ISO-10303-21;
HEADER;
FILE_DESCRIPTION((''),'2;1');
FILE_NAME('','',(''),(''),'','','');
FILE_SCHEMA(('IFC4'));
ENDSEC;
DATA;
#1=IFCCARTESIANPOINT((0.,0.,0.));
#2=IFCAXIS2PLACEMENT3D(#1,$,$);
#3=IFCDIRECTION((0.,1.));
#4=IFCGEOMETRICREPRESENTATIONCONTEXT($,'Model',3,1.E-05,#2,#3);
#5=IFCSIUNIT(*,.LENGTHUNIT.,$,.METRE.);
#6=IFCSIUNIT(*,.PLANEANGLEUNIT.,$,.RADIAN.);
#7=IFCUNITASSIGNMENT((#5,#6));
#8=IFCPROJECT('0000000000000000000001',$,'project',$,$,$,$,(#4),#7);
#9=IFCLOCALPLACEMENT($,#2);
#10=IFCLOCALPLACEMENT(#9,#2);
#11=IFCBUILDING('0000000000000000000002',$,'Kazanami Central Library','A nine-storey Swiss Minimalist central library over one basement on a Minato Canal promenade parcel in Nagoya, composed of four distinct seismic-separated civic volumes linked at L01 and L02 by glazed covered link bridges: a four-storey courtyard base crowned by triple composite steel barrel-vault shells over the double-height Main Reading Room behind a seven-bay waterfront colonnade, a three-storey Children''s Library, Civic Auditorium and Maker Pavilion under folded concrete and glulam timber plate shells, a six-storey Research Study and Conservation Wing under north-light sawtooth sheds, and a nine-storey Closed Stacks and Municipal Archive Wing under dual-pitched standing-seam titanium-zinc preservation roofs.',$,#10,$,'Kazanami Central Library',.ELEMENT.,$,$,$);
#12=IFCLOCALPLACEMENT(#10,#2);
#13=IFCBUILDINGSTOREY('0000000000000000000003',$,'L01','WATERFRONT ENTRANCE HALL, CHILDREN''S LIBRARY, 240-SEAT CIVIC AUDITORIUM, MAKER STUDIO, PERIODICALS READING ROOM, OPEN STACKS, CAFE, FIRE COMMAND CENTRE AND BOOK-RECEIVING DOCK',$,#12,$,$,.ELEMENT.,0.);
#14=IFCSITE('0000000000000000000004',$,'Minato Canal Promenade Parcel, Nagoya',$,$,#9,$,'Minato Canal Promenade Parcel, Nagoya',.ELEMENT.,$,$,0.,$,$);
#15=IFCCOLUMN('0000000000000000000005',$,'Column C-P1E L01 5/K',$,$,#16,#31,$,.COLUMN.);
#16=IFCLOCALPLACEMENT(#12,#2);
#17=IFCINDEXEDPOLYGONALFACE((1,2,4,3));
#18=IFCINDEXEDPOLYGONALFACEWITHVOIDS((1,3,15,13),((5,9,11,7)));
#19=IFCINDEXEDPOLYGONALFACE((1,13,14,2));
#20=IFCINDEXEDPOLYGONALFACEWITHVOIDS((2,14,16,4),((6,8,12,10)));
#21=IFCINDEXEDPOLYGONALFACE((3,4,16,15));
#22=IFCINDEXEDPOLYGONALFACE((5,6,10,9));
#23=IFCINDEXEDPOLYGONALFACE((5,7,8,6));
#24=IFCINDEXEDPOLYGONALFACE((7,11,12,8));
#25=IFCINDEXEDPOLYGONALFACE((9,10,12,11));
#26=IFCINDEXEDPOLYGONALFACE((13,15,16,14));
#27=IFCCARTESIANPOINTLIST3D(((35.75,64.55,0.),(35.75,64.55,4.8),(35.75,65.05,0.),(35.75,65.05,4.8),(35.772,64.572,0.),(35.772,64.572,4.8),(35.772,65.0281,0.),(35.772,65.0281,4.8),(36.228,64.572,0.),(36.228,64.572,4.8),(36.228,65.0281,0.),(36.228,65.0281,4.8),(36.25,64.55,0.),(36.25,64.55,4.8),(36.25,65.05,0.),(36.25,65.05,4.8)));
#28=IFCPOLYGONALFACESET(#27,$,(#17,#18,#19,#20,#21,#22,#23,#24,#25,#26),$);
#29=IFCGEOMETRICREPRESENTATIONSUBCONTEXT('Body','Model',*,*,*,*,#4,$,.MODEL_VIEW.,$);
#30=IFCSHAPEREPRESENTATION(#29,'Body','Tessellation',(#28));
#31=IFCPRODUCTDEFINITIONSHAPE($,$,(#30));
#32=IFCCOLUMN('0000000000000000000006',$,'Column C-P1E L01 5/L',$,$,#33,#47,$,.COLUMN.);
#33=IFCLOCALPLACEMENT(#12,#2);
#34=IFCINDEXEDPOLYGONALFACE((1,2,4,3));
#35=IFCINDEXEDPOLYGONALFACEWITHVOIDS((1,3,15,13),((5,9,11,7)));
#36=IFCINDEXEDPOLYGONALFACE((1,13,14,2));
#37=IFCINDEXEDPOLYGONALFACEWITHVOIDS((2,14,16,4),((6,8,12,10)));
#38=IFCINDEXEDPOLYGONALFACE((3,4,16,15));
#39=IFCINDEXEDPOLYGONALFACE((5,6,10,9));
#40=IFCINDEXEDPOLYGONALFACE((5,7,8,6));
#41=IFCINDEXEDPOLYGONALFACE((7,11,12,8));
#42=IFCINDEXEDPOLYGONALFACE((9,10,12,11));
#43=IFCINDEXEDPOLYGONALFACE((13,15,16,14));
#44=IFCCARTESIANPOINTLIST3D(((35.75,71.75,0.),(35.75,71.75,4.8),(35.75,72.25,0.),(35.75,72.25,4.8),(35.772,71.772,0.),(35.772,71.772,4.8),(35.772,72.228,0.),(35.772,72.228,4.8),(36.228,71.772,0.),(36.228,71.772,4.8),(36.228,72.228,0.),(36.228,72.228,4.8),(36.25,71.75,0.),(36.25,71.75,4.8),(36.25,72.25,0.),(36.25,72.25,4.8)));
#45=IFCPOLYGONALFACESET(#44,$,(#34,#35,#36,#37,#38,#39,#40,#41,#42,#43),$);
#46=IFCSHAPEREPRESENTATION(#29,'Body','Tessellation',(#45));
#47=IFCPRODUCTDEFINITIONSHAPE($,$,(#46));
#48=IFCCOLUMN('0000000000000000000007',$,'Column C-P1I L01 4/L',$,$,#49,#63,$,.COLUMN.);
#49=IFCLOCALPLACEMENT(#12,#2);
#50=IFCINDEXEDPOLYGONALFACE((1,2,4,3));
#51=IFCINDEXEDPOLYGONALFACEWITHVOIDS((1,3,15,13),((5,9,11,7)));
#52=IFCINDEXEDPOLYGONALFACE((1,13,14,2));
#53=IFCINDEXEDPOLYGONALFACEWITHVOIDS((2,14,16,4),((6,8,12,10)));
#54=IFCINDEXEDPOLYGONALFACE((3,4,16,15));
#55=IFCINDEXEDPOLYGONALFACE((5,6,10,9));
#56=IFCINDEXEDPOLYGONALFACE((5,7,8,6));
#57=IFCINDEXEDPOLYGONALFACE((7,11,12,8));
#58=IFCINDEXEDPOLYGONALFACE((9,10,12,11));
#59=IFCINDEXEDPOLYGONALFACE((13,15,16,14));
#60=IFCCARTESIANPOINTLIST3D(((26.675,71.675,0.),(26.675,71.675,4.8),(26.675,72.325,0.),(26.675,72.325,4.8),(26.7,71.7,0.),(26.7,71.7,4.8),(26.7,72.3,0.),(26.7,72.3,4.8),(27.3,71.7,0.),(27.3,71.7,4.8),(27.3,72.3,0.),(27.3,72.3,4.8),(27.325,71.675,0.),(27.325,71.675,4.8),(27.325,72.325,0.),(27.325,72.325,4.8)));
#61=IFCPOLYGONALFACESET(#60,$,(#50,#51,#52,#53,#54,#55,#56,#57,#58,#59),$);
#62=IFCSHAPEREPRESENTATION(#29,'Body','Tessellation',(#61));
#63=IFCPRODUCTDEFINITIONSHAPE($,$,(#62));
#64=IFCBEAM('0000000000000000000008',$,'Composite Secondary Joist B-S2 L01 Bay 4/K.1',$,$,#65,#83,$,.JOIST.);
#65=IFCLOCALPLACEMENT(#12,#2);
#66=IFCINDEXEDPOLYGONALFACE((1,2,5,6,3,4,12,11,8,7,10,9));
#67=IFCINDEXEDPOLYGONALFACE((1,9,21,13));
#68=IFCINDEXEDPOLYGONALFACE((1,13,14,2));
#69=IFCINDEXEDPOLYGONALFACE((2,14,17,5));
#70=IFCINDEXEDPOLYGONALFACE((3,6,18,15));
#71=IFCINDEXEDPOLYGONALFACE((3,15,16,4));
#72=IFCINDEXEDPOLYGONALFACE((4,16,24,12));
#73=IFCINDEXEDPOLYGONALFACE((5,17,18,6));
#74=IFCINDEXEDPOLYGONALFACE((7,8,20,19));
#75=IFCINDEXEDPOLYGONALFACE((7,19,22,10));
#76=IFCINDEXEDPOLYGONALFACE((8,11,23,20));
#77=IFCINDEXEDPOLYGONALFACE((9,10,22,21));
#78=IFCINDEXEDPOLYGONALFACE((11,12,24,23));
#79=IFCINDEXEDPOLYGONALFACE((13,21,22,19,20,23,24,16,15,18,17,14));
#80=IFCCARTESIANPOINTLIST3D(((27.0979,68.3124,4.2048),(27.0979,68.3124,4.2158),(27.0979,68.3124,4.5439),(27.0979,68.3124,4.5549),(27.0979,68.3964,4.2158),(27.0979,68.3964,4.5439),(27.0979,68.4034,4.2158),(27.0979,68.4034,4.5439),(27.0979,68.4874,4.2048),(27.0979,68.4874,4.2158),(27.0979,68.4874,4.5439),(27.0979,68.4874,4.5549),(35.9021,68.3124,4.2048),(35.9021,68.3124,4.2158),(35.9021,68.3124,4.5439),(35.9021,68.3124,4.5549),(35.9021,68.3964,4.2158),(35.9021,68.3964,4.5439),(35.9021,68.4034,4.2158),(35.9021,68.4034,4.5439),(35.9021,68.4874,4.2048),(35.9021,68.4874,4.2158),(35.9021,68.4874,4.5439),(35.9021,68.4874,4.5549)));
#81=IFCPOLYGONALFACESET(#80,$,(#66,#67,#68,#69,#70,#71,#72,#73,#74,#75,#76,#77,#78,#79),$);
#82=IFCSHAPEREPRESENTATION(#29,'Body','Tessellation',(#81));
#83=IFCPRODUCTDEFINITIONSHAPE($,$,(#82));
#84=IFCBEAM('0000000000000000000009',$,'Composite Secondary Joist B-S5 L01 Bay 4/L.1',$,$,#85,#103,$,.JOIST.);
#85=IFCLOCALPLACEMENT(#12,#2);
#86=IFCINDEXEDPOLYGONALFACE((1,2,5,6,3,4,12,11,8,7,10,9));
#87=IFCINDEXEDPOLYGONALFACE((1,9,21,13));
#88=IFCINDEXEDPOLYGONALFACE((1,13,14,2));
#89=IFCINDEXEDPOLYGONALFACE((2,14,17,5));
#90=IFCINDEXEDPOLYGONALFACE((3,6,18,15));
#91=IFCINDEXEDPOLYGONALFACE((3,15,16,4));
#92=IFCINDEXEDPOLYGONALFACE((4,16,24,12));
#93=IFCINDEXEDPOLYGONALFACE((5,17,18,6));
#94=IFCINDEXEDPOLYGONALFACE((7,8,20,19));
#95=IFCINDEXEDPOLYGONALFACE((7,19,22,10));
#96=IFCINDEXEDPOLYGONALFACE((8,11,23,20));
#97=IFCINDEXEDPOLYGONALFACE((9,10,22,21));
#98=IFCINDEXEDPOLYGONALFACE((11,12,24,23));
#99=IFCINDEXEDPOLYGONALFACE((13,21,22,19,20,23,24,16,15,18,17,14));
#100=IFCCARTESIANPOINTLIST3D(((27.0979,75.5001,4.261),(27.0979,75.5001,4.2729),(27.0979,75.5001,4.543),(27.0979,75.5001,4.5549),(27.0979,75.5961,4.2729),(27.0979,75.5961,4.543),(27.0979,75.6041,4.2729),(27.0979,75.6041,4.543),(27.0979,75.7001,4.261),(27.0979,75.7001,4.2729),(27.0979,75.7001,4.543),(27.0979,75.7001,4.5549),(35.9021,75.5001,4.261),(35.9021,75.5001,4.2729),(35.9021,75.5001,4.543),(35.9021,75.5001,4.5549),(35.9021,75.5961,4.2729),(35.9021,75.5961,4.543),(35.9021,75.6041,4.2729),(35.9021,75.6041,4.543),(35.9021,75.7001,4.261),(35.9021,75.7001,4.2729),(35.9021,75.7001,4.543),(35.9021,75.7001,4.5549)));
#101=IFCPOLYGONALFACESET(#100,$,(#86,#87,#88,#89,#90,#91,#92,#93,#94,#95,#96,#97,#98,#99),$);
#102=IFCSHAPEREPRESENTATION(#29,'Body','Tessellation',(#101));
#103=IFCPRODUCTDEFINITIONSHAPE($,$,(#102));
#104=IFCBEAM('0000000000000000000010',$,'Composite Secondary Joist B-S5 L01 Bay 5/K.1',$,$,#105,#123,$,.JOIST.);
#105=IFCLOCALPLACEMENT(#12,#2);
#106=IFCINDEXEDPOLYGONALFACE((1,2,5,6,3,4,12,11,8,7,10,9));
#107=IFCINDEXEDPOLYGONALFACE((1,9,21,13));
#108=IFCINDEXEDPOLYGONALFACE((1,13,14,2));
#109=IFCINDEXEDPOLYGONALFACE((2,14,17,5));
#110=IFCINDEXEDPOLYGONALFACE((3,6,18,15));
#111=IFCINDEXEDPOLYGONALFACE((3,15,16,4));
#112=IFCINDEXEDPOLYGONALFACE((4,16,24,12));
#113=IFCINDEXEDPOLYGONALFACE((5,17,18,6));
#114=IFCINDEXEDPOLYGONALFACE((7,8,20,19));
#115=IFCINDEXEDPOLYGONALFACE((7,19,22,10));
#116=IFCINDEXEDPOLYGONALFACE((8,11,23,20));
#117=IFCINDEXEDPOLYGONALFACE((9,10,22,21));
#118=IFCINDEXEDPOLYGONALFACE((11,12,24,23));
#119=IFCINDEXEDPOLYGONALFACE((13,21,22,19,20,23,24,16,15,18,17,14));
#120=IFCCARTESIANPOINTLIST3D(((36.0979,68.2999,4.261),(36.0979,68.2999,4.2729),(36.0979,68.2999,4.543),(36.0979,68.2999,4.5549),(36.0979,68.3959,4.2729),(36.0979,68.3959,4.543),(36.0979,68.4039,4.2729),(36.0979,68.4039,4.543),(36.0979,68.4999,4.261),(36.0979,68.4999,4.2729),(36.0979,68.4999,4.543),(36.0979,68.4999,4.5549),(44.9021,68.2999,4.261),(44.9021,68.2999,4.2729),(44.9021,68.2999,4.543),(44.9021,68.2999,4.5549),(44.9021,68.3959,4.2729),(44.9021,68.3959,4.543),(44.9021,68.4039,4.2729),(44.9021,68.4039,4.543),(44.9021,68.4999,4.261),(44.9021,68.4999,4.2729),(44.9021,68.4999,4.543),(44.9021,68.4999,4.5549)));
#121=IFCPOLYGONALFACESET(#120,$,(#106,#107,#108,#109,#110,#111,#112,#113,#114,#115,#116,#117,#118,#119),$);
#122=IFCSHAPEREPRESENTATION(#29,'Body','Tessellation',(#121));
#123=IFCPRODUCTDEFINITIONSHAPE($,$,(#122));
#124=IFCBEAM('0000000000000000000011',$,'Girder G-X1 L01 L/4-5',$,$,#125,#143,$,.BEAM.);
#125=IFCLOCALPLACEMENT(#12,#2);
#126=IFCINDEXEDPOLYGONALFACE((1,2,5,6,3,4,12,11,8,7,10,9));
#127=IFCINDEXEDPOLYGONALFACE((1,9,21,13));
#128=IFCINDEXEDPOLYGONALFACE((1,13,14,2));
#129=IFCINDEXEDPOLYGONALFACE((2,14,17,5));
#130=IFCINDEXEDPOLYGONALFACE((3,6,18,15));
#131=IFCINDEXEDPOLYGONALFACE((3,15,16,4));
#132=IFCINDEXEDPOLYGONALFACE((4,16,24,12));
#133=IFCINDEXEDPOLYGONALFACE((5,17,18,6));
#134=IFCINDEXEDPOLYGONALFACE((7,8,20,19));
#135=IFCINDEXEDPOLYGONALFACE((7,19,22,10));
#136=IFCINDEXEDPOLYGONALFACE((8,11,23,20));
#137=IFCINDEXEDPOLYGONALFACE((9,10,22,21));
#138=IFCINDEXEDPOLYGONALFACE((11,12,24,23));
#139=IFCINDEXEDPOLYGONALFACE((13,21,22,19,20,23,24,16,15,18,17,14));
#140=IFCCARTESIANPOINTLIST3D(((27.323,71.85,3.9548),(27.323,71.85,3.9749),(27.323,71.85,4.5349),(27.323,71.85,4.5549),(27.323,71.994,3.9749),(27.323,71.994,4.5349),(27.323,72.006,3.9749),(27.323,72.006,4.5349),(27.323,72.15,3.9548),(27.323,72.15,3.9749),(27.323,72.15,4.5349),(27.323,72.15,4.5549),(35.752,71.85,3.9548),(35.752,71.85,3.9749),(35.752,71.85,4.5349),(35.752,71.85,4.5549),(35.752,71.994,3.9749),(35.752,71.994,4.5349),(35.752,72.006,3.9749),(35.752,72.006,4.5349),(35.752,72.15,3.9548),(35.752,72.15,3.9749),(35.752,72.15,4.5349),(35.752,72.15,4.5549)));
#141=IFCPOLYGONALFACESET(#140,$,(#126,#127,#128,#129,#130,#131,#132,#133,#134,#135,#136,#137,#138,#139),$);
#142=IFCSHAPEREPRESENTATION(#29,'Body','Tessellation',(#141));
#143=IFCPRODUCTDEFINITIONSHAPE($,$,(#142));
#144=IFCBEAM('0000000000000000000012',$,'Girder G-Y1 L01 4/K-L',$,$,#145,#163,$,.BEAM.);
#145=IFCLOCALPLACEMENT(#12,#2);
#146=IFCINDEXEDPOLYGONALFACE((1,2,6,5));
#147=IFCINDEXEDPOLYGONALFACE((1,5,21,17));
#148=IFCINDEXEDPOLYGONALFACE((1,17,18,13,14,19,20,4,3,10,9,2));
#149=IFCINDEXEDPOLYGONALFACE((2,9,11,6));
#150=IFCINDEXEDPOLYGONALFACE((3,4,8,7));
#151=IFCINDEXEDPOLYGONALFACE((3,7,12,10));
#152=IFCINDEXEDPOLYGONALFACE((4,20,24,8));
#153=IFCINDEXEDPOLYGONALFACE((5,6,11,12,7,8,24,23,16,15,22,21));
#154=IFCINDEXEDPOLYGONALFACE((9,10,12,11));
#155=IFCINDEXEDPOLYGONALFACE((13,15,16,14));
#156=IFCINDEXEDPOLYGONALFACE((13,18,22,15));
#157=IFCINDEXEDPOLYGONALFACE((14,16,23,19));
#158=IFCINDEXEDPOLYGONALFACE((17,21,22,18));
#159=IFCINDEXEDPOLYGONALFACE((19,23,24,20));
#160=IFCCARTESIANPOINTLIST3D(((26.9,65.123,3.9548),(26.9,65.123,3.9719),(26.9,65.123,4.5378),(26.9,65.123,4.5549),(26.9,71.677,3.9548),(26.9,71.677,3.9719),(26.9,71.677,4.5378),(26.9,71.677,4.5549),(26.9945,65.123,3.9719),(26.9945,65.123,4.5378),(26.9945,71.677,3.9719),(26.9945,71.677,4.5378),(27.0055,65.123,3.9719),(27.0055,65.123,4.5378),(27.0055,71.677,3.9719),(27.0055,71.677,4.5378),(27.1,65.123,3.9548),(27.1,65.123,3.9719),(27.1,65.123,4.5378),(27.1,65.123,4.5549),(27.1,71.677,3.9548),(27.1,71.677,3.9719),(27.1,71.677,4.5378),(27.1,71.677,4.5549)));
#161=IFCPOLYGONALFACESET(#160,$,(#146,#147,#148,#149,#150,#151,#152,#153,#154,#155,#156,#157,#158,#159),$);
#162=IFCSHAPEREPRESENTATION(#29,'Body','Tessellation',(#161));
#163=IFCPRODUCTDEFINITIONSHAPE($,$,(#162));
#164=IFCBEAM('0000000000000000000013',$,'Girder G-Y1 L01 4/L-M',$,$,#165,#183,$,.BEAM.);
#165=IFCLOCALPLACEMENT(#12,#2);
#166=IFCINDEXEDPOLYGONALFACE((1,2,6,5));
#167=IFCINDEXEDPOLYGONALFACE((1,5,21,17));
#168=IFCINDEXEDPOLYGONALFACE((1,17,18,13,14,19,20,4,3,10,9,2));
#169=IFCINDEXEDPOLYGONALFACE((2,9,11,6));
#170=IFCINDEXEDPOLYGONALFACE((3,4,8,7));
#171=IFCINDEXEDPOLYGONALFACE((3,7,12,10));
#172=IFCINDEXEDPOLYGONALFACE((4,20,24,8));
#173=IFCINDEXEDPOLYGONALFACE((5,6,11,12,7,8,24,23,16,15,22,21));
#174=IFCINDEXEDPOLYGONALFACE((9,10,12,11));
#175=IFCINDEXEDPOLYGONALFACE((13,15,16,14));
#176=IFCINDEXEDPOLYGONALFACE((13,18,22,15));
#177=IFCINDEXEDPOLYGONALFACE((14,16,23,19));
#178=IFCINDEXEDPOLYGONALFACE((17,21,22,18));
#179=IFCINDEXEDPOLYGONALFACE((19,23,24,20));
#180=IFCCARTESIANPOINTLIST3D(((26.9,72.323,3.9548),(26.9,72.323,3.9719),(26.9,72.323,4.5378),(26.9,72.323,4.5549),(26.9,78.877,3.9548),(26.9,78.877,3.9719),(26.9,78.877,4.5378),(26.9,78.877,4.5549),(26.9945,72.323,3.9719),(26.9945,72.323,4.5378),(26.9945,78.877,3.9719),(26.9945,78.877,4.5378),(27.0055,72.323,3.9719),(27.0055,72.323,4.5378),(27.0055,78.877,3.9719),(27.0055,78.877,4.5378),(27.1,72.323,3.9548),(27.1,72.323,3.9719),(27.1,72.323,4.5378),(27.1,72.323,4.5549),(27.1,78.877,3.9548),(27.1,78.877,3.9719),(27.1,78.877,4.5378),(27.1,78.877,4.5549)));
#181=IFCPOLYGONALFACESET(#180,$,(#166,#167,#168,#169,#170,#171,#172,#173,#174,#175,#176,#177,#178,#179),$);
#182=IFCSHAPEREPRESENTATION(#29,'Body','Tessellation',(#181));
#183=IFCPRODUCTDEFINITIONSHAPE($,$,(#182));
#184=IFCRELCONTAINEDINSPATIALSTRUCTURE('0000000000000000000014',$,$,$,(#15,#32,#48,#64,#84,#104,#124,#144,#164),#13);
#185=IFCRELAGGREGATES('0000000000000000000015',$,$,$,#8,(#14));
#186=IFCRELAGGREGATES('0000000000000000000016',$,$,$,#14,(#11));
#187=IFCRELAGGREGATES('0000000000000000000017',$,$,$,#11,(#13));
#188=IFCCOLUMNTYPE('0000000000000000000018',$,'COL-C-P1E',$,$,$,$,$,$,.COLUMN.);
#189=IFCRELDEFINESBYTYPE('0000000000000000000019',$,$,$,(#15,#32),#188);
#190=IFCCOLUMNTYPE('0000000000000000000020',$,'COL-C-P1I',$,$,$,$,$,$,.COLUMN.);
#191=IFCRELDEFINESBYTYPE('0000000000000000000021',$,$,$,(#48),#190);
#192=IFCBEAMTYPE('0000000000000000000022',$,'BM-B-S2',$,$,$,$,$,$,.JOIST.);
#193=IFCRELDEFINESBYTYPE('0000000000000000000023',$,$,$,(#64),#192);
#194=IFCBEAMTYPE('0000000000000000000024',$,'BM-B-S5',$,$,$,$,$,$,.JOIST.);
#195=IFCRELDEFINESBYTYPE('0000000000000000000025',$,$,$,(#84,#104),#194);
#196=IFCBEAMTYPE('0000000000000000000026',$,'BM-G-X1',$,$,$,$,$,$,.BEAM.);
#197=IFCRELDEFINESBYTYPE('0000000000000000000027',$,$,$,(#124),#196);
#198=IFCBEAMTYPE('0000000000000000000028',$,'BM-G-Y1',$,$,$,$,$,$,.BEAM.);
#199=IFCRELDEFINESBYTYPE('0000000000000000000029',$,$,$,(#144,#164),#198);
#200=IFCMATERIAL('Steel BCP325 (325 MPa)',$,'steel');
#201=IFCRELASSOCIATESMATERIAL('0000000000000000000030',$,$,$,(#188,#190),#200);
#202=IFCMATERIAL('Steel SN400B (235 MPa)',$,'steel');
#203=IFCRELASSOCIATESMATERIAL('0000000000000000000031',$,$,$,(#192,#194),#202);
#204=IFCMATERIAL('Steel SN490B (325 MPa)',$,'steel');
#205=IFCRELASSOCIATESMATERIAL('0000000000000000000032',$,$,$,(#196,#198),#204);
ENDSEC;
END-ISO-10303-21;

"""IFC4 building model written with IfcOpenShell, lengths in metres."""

from ifc_helpers import new_model, si_unit, direction, frame, origin, origin_2d, place, context, subcontext, project, spatial, hollow_rectangle, i_section, extrude, material, material_profile, profile_set, type_object, element, save


model = new_model("IFC4")

# Units and contexts
model_context = context("Model", 3, precision=1e-05, world=origin(), true_north=direction((0.0, 1.0)))
body_context = subcontext(model_context, "Body", "Model", "MODEL_VIEW")
ifc_project = project(units=[si_unit("LENGTHUNIT", "METRE"), si_unit("PLANEANGLEUNIT", "RADIAN")], contexts=[model_context])

# Site, building, storey
site_placement = place(None, origin())
site = spatial("IfcSite", under=ifc_project, at=site_placement, Name="Minato Canal Promenade Parcel, Nagoya", LongName="Minato Canal Promenade Parcel, Nagoya", CompositionType="ELEMENT", RefElevation=0.0)
building_placement = place(site_placement, origin())
building = spatial("IfcBuilding", under=site, at=building_placement, Name="Kazanami Central Library", Description="A nine-storey Swiss Minimalist central library over one basement on a Minato Canal promenade parcel in Nagoya, composed of four distinct seismic-separated civic volumes linked at L01 and L02 by glazed covered link bridges: a four-storey courtyard base crowned by triple composite steel barrel-vault shells over the double-height Main Reading Room behind a seven-bay waterfront colonnade, a three-storey Children's Library, Civic Auditorium and Maker Pavilion under folded concrete and glulam timber plate shells, a six-storey Research Study and Conservation Wing under north-light sawtooth sheds, and a nine-storey Closed Stacks and Municipal Archive Wing under dual-pitched standing-seam titanium-zinc preservation roofs.", LongName="Kazanami Central Library", CompositionType="ELEMENT")
storey_placement = place(building_placement, origin())
storey = spatial("IfcBuildingStorey", under=building, at=storey_placement, Name="L01", Description="WATERFRONT ENTRANCE HALL, CHILDREN'S LIBRARY, 240-SEAT CIVIC AUDITORIUM, MAKER STUDIO, PERIODICALS READING ROOM, OPEN STACKS, CAFE, FIRE COMMAND CENTRE AND BOOK-RECEIVING DOCK", CompositionType="ELEMENT", Elevation=0.0)

# Columns
ifc_material_1 = material(Name="Steel BCP325 (325 MPa)", Category="steel")
ifc_material_profile_1 = material_profile(ifc_material_1, hollow_rectangle(XDim=0.5, YDim=0.5, WallThickness=0.022, at=origin_2d()), Name="BCP-500x500x22")
ifc_profile_set_1 = profile_set([ifc_material_profile_1], Name="Steel BCP325 (325 MPa)")
column_type_1 = type_object("IfcColumnType", Name="COL-C-P1E", PredefinedType="COLUMN", material=ifc_profile_set_1)
for number, where, z_axis, x_axis, name in (
    (1, (36.0, 64.8, 0.0), (0.0, 0.0, 1.0), (1.0, 0.0, 0.0), "Column C-P1E L01 5/K"),
    (2, (36.0, 72.0, 0.0), (0.0, 0.0, 1.0), (1.0, 0.0, 0.0), "Column C-P1E L01 5/L"),
):
    element("IfcColumn", number, at=place(storey_placement, frame(where, z_axis=z_axis, x_axis=x_axis)), inside=storey, type_object=column_type_1, Name=name, PredefinedType="COLUMN", context=body_context, shape_type="SweptSolid", body=[
        extrude(hollow_rectangle(XDim=0.5, YDim=0.5, WallThickness=0.022, at=origin_2d()), origin(), (0.0, 0.0, 1.0), 4.8),
    ])
ifc_material_profile_2 = material_profile(ifc_material_1, hollow_rectangle(XDim=0.6499, YDim=0.6499, WallThickness=0.0249, at=origin_2d()), Name="BCP-650x650x25")
ifc_profile_set_2 = profile_set([ifc_material_profile_2], Name="Steel BCP325 (325 MPa)")
column_type_2 = type_object("IfcColumnType", Name="COL-C-P1I", PredefinedType="COLUMN", material=ifc_profile_set_2)
column_placement = place(storey_placement, frame((27.0, 72.0, 0.0), z_axis=(0.0, 0.0, 1.0), x_axis=(1.0, 0.0, 0.0)))
element("IfcColumn", 3, at=column_placement, inside=storey, type_object=column_type_2, Name="Column C-P1I L01 4/L", PredefinedType="COLUMN", context=body_context, shape_type="SweptSolid", body=[
    extrude(hollow_rectangle(XDim=0.6499, YDim=0.6499, WallThickness=0.0249, at=origin_2d()), origin(), (0.0, 0.0, 1.0), 4.8),
])

# Beams
ifc_material_2 = material(Name="Steel SN400B (235 MPa)", Category="steel")
ifc_material_profile_3 = material_profile(ifc_material_2, i_section(OverallWidth=0.175, OverallDepth=0.3501, WebThickness=0.0071, FlangeThickness=0.011, at=origin_2d()), Name="H-350x175x7x11")
ifc_profile_set_3 = profile_set([ifc_material_profile_3], Name="Steel SN400B (235 MPa)")
beam_type_1 = type_object("IfcBeamType", Name="BM-B-S2", PredefinedType="JOIST", material=ifc_profile_set_3)
beam_1_placement = place(storey_placement, frame((27.0979, 68.3999, 4.3799), z_axis=(1.0, 0.0, 0.0), x_axis=(0.0, 1.0, 0.0)))
element("IfcBeam", 4, at=beam_1_placement, inside=storey, type_object=beam_type_1, Name="Composite Secondary Joist B-S2 L01 Bay 4/K.1", PredefinedType="JOIST", context=body_context, shape_type="SweptSolid", body=[
    extrude(i_section(OverallWidth=0.175, OverallDepth=0.3501, WebThickness=0.0071, FlangeThickness=0.011, at=origin_2d()), origin(), (0.0, 0.0, 1.0), 8.8042),
])
ifc_material_profile_4 = material_profile(ifc_material_2, i_section(OverallWidth=0.2, OverallDepth=0.2939, WebThickness=0.0081, FlangeThickness=0.012, at=origin_2d()), Name="H-294x200x8x12")
ifc_profile_set_4 = profile_set([ifc_material_profile_4], Name="Steel SN400B (235 MPa)")
beam_type_2 = type_object("IfcBeamType", Name="BM-B-S5", PredefinedType="JOIST", material=ifc_profile_set_4)
for number, where, z_axis, x_axis, name in (
    (5, (27.0979, 75.6001, 4.408), (1.0, 0.0, 0.0), (0.0, 1.0, 0.0), "Composite Secondary Joist B-S5 L01 Bay 4/L.1"),
    (6, (36.0979, 68.3999, 4.408), (1.0, 0.0, 0.0), (0.0, 1.0, 0.0), "Composite Secondary Joist B-S5 L01 Bay 5/K.1"),
):
    element("IfcBeam", number, at=place(storey_placement, frame(where, z_axis=z_axis, x_axis=x_axis)), inside=storey, type_object=beam_type_2, Name=name, PredefinedType="JOIST", context=body_context, shape_type="SweptSolid", body=[
        extrude(i_section(OverallWidth=0.2, OverallDepth=0.2939, WebThickness=0.0081, FlangeThickness=0.012, at=origin_2d()), origin(), (0.0, 0.0, 1.0), 8.8042),
    ])
ifc_material_3 = material(Name="Steel SN490B (325 MPa)", Category="steel")
ifc_material_profile_5 = material_profile(ifc_material_3, i_section(OverallWidth=0.3, OverallDepth=0.6001, WebThickness=0.012, FlangeThickness=0.02, at=origin_2d()), Name="H-600x300x12x20")
ifc_profile_set_5 = profile_set([ifc_material_profile_5], Name="Steel SN490B (325 MPa)")
beam_type_3 = type_object("IfcBeamType", Name="BM-G-X1", PredefinedType="BEAM", material=ifc_profile_set_5)
beam_2_placement = place(storey_placement, frame((27.323, 72.0, 4.2549), z_axis=(1.0, 0.0, 0.0), x_axis=(0.0, 1.0, 0.0)))
element("IfcBeam", 7, at=beam_2_placement, inside=storey, type_object=beam_type_3, Name="Girder G-X1 L01 L/4-5", PredefinedType="BEAM", context=body_context, shape_type="SweptSolid", body=[
    extrude(i_section(OverallWidth=0.3, OverallDepth=0.6001, WebThickness=0.012, FlangeThickness=0.02, at=origin_2d()), origin(), (0.0, 0.0, 1.0), 8.429),
])
ifc_material_profile_6 = material_profile(ifc_material_3, i_section(OverallWidth=0.2, OverallDepth=0.6001, WebThickness=0.011, FlangeThickness=0.0171, at=origin_2d()), Name="H-600x200x11x17")
ifc_profile_set_6 = profile_set([ifc_material_profile_6], Name="Steel SN490B (325 MPa)")
beam_type_4 = type_object("IfcBeamType", Name="BM-G-Y1", PredefinedType="BEAM", material=ifc_profile_set_6)
for number, where, z_axis, x_axis, name in (
    (8, (27.0, 65.123, 4.2549), (0.0, 1.0, 0.0), (-1.0, 0.0, 0.0), "Girder G-Y1 L01 4/K-L"),
    (9, (27.0, 72.323, 4.2549), (0.0, 1.0, 0.0), (-1.0, 0.0, 0.0), "Girder G-Y1 L01 4/L-M"),
):
    element("IfcBeam", number, at=place(storey_placement, frame(where, z_axis=z_axis, x_axis=x_axis)), inside=storey, type_object=beam_type_4, Name=name, PredefinedType="BEAM", context=body_context, shape_type="SweptSolid", body=[
        extrude(i_section(OverallWidth=0.2, OverallDepth=0.6001, WebThickness=0.011, FlangeThickness=0.0171, at=origin_2d()), origin(), (0.0, 0.0, 1.0), 6.554),
    ])

save(model, "model.ifc")
